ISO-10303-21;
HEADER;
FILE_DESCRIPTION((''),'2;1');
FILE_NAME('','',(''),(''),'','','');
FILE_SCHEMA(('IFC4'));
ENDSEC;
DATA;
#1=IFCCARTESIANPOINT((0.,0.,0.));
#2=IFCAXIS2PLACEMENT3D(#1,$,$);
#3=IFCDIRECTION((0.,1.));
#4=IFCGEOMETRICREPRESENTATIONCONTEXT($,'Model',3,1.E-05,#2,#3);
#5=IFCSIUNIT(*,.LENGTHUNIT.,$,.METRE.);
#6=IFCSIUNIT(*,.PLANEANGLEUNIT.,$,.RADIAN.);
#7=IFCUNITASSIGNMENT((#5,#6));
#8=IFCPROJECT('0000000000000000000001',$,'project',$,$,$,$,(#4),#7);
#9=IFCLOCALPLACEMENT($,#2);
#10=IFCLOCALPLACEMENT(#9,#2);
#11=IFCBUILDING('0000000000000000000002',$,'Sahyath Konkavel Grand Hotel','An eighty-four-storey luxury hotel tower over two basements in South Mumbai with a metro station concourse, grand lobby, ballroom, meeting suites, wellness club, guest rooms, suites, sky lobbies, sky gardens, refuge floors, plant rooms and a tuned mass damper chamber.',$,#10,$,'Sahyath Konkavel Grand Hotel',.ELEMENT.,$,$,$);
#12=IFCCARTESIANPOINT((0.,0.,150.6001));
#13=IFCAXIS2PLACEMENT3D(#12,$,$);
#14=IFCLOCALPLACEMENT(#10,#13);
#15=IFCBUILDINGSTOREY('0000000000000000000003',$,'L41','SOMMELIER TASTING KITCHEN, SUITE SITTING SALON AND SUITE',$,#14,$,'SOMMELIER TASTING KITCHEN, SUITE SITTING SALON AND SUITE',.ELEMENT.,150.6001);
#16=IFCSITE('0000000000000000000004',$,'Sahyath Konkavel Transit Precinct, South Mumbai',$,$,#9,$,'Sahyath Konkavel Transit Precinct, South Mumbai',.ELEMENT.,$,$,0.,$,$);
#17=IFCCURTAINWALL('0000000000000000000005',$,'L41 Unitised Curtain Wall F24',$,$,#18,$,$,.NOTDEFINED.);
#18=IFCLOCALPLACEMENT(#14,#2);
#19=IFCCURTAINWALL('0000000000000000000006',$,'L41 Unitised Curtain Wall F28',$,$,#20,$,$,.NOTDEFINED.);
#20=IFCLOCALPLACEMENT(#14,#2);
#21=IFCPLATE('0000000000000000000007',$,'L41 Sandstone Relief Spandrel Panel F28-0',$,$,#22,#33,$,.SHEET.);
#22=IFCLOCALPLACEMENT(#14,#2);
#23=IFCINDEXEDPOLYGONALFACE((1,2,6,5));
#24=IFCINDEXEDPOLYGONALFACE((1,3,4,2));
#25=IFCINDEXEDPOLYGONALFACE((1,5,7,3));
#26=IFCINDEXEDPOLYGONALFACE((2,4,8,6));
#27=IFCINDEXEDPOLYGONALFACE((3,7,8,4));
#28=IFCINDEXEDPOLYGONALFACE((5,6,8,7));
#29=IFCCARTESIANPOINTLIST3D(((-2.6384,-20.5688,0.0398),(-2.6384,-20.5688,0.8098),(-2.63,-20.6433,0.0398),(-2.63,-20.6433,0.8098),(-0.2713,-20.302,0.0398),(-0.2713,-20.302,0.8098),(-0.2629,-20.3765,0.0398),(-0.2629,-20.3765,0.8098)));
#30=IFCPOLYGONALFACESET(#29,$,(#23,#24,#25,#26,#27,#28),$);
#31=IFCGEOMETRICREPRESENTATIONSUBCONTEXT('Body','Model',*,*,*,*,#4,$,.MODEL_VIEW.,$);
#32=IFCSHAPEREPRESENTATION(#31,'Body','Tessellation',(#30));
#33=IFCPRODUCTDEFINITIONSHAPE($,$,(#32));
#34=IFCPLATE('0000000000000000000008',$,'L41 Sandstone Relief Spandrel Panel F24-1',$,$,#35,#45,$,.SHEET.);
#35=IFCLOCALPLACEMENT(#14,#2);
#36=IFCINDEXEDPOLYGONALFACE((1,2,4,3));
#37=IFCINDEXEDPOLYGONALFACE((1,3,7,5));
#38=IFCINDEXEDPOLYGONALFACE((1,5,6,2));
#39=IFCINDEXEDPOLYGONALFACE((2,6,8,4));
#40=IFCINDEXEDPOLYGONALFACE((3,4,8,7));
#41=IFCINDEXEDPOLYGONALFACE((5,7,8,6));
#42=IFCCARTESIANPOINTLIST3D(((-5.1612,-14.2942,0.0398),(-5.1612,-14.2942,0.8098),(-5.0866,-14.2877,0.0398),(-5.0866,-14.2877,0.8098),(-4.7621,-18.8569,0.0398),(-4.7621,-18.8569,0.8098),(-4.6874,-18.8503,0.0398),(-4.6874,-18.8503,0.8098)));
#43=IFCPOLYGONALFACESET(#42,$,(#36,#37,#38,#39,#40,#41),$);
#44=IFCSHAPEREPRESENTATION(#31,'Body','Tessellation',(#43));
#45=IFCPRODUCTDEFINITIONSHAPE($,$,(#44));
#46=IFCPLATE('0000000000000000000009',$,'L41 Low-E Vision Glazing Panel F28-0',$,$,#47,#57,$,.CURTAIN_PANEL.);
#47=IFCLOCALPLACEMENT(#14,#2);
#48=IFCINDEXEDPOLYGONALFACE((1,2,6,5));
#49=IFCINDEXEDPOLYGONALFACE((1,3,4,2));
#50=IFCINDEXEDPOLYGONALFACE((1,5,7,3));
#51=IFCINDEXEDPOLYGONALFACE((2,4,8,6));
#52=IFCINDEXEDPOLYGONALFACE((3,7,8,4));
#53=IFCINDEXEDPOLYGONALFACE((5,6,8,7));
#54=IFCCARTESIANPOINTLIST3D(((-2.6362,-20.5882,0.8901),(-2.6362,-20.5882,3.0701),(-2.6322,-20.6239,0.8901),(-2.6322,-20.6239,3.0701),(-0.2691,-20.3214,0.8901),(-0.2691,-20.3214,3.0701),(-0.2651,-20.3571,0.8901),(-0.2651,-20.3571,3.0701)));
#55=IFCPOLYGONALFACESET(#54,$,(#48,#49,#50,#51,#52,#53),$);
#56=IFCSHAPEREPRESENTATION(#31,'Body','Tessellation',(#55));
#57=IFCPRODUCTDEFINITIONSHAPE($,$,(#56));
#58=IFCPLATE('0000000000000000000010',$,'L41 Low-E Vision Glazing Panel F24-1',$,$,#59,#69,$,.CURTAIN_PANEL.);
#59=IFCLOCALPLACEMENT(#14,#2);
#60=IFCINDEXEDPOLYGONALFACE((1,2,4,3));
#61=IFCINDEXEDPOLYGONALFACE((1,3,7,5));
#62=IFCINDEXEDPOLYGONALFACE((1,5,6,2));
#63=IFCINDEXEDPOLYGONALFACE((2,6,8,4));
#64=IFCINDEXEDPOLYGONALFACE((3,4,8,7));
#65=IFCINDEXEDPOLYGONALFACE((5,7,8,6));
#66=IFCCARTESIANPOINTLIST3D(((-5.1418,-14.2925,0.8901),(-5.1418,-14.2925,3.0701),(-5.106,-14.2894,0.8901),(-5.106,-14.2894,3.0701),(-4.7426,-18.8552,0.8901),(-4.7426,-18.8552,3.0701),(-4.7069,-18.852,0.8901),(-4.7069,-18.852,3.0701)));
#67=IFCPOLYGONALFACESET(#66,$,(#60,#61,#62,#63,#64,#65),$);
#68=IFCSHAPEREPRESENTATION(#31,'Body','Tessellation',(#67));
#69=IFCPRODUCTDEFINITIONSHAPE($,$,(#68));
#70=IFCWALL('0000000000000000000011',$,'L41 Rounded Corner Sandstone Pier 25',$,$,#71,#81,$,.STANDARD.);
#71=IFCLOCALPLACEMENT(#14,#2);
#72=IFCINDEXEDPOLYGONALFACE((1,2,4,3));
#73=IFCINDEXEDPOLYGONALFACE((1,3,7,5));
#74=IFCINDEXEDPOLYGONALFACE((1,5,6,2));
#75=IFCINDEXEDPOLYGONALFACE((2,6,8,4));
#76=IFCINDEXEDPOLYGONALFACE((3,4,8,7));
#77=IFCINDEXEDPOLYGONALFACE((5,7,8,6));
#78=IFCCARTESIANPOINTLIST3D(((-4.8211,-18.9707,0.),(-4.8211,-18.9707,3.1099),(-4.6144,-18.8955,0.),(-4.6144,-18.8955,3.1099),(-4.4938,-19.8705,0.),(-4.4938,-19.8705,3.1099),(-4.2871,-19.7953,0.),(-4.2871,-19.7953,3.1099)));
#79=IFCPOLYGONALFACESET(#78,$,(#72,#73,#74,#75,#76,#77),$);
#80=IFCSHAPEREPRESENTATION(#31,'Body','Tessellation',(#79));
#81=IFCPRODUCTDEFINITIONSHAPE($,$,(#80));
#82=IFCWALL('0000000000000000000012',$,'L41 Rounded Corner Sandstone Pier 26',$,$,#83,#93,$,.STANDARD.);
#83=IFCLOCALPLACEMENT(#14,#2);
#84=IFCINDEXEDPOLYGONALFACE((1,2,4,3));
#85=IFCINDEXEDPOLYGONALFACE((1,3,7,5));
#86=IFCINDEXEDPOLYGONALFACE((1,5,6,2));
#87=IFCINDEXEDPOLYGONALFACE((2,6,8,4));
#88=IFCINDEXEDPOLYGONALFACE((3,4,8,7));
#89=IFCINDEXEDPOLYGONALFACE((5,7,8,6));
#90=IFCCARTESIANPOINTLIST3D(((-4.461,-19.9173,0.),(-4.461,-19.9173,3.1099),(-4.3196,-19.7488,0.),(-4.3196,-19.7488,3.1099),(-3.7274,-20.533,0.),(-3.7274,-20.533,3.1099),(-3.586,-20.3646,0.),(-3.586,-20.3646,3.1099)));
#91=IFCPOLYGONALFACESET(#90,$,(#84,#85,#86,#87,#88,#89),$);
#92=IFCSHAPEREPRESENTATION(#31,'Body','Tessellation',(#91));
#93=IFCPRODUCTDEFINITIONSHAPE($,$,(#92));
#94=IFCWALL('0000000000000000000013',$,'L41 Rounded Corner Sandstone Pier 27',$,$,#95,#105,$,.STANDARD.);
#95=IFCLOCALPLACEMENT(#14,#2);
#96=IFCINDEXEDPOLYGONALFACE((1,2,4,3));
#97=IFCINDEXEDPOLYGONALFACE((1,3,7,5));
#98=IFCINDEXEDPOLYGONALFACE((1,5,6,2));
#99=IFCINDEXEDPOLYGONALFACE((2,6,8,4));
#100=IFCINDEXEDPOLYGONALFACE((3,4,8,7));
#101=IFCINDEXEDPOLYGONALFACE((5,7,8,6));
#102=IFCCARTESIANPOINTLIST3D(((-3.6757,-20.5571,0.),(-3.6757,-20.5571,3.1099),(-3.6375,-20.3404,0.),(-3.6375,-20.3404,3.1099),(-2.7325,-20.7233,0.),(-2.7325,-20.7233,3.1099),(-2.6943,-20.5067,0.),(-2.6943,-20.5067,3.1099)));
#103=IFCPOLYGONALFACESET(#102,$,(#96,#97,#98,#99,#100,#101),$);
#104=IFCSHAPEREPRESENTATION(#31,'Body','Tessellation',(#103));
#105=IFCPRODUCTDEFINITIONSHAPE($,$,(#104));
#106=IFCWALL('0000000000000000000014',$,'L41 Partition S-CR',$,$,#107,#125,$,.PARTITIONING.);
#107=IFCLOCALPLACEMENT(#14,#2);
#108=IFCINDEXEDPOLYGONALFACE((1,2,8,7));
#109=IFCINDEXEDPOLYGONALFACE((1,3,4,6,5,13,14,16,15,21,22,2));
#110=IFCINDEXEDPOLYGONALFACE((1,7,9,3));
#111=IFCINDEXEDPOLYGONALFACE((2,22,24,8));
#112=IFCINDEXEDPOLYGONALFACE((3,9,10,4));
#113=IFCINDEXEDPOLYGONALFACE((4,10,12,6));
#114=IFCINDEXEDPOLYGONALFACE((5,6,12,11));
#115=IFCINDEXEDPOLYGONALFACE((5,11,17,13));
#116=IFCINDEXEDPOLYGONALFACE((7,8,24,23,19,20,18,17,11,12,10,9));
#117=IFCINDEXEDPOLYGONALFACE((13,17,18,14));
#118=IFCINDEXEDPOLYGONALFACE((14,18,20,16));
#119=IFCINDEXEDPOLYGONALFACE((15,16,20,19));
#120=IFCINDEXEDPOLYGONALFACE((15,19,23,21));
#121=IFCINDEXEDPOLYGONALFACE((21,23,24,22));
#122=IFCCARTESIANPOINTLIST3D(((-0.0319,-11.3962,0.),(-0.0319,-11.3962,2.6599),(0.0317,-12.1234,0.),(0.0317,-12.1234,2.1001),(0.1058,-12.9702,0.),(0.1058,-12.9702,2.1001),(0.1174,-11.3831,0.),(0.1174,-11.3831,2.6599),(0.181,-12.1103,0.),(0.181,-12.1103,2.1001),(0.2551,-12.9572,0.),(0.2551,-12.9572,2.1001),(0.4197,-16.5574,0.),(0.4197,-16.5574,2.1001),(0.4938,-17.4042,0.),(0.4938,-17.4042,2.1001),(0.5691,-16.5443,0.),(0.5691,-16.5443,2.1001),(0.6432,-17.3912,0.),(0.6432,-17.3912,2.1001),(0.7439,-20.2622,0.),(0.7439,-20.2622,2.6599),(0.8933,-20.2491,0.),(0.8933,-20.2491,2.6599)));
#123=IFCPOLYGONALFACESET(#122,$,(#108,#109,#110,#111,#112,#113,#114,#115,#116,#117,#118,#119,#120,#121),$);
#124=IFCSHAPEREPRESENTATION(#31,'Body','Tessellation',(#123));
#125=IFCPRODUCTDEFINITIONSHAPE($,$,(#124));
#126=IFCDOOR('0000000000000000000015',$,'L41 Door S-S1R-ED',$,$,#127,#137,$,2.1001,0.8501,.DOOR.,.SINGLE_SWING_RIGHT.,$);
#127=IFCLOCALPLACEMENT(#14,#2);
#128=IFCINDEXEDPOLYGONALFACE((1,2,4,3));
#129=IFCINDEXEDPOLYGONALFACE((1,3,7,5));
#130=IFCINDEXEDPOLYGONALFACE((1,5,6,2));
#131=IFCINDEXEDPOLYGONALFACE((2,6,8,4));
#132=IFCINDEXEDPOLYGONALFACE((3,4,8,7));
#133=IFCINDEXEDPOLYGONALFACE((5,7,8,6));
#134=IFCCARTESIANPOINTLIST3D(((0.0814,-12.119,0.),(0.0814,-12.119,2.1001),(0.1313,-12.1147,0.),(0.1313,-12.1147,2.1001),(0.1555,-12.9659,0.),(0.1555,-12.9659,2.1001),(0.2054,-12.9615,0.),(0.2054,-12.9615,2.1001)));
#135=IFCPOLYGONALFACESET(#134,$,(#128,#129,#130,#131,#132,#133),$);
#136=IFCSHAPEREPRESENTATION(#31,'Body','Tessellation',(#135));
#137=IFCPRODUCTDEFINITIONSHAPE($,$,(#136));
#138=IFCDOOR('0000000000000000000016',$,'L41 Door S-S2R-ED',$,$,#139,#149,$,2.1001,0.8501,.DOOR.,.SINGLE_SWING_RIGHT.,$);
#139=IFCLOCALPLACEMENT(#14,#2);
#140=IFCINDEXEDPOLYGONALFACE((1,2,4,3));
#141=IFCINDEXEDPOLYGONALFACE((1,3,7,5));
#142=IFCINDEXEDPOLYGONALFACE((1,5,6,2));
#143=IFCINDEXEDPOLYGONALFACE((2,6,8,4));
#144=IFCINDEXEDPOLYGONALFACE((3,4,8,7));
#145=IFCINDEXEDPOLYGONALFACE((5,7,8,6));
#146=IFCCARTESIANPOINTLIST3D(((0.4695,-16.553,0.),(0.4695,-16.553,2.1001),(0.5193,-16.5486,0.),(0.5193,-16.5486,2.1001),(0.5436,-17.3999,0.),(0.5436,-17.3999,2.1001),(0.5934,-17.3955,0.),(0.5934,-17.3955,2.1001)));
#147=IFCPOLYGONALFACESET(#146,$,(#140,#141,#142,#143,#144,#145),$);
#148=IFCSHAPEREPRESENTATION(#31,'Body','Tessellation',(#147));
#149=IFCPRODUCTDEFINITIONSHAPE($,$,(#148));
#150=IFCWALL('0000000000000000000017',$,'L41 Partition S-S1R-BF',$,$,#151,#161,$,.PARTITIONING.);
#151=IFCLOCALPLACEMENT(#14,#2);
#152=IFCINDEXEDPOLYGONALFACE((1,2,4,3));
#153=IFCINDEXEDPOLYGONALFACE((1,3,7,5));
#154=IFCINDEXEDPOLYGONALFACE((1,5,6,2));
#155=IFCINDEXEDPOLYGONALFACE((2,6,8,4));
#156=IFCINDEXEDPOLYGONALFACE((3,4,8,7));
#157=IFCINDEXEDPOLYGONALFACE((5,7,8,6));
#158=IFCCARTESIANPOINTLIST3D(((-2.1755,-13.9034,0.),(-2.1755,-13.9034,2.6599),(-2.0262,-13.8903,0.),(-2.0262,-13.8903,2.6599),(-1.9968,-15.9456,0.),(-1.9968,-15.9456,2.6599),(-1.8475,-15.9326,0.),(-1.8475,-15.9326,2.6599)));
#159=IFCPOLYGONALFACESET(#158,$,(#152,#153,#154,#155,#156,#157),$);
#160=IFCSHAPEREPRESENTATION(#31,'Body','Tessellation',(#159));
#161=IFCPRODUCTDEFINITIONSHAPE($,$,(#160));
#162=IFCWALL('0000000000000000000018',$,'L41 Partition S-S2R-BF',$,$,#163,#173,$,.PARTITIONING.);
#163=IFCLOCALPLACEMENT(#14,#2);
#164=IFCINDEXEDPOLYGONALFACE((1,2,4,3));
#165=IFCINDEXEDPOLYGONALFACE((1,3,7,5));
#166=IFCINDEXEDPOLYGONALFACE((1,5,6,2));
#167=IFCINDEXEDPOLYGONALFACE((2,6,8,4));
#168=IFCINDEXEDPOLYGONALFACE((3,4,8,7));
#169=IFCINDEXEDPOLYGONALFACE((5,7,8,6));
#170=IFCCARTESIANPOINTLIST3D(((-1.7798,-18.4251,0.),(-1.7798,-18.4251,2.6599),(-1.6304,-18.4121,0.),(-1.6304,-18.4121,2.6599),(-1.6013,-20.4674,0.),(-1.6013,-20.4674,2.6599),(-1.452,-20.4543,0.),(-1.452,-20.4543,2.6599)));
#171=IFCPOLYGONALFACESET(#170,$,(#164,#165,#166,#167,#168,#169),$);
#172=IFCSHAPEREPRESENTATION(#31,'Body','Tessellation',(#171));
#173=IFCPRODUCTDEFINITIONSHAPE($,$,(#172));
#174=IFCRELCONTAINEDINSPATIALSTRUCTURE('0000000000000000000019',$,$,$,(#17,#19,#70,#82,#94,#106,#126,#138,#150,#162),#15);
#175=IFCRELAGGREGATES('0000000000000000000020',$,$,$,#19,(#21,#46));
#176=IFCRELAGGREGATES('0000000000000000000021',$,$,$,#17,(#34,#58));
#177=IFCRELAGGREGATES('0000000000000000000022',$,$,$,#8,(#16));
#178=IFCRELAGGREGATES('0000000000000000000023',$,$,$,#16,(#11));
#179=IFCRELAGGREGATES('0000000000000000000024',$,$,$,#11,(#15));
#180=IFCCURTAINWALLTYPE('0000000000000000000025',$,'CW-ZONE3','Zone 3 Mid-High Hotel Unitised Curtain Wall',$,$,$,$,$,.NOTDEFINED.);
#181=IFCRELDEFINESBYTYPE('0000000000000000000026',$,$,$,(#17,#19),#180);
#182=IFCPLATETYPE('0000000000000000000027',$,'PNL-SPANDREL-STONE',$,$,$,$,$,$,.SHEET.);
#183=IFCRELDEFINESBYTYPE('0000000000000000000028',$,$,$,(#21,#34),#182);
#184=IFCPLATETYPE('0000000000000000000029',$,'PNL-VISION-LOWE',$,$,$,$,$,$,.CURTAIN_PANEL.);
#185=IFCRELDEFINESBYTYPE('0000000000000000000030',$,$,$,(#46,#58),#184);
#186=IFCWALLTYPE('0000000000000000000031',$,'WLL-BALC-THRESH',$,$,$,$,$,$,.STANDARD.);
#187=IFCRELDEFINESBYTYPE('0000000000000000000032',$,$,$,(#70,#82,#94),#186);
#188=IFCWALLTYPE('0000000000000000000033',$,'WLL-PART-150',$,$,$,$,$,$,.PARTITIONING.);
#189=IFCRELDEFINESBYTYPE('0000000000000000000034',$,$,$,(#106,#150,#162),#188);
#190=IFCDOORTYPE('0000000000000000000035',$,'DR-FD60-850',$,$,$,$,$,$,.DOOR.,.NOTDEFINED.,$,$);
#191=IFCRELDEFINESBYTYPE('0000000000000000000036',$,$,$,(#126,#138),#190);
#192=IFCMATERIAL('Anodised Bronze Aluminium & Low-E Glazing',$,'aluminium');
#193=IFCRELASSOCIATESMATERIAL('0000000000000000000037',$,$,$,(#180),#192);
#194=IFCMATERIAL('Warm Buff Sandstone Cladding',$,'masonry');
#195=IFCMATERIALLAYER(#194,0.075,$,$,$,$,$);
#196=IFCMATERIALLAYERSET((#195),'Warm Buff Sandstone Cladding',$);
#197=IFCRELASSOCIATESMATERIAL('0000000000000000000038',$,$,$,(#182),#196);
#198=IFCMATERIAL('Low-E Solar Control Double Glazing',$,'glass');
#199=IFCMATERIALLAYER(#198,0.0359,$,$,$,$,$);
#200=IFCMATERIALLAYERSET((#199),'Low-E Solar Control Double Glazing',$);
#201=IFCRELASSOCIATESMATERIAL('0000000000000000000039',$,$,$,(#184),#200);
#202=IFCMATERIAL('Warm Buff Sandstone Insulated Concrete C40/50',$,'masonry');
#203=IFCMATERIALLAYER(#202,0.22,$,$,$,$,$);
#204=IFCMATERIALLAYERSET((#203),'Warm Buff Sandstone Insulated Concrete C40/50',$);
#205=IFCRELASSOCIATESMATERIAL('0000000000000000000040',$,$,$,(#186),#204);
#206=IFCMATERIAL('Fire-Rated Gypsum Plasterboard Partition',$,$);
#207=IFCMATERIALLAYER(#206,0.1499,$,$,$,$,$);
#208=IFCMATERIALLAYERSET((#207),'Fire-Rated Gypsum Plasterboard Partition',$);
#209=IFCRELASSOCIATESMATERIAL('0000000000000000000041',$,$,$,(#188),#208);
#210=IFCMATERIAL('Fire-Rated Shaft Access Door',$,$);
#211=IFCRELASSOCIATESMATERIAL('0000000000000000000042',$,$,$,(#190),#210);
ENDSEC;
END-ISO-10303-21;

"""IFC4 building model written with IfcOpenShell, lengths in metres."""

from ifc_helpers import new_model, si_unit, direction, frame, frame_2d, origin, origin_2d, place, context, subcontext, project, spatial, rectangle, extrude, source, transform, mapped, material, layer, layer_set, type_object, element, fill, aggregate, save


model = new_model("IFC4")

# Units and contexts
model_context = context("Model", 3, precision=1e-05, world=origin(), true_north=direction((0.0, 1.0)))
body_context = subcontext(model_context, "Body", "Model", "MODEL_VIEW")
ifc_project = project(units=[si_unit("LENGTHUNIT", "METRE"), si_unit("PLANEANGLEUNIT", "RADIAN")], contexts=[model_context])

# Site, building, storey
site_placement = place(None, origin())
site = spatial("IfcSite", under=ifc_project, at=site_placement, Name="Sahyath Konkavel Transit Precinct, South Mumbai", LongName="Sahyath Konkavel Transit Precinct, South Mumbai", CompositionType="ELEMENT", RefElevation=0.0)
building_placement = place(site_placement, origin())
building = spatial("IfcBuilding", under=site, at=building_placement, Name="Sahyath Konkavel Grand Hotel", Description="An eighty-four-storey luxury hotel tower over two basements in South Mumbai with a metro station concourse, grand lobby, ballroom, meeting suites, wellness club, guest rooms, suites, sky lobbies, sky gardens, refuge floors, plant rooms and a tuned mass damper chamber.", LongName="Sahyath Konkavel Grand Hotel", CompositionType="ELEMENT")
storey_placement = place(building_placement, frame((0.0, 0.0, 150.6001)))
storey = spatial("IfcBuildingStorey", under=building, at=storey_placement, Name="L41", Description="SOMMELIER TASTING KITCHEN, SUITE SITTING SALON AND SUITE", LongName="SOMMELIER TASTING KITCHEN, SUITE SITTING SALON AND SUITE", CompositionType="ELEMENT", Elevation=150.6001)

# Curtain walls
ifc_material_1 = material(Name="Anodised Bronze Aluminium & Low-E Glazing", Category="aluminium")
curtain_wall_type = type_object("IfcCurtainWallType", Name="CW-ZONE3", Description="Zone 3 Mid-High Hotel Unitised Curtain Wall", PredefinedType="NOTDEFINED", material=ifc_material_1)
curtain_wall_1_placement = place(storey_placement, origin())
curtain_wall_1 = element("IfcCurtainWall", 1, at=curtain_wall_1_placement, inside=storey, type_object=curtain_wall_type, Name="L41 Unitised Curtain Wall F24", PredefinedType="NOTDEFINED")
curtain_wall_2_placement = place(storey_placement, origin())
curtain_wall_2 = element("IfcCurtainWall", 2, at=curtain_wall_2_placement, inside=storey, type_object=curtain_wall_type, Name="L41 Unitised Curtain Wall F28", PredefinedType="NOTDEFINED")

# Plates
ifc_material_2 = material(Name="Warm Buff Sandstone Cladding", Category="masonry")
ifc_layer_1 = layer(ifc_material_2, 0.075)
ifc_layer_set_1 = layer_set([ifc_layer_1], Name="Warm Buff Sandstone Cladding")
plate_type_1 = type_object("IfcPlateType", Name="PNL-SPANDREL-STONE", PredefinedType="SHEET", material=ifc_layer_set_1)
shared_shape_1 = source(origin(), body_context, "Body", "SweptSolid", [
    extrude(rectangle(XDim=2.3821, YDim=0.075, at=origin_2d()), origin(), (0.0, 0.0, 1.0), 0.77),
])
plate_1_placement = place(storey_placement, frame((-1.4507, -20.4727, 0.0398), z_axis=(0.0, 0.0, 1.0), x_axis=(0.993707, 0.112007, 0.0)))
plate_1 = element("IfcPlate", 3, at=plate_1_placement, type_object=plate_type_1, Name="L41 Sandstone Relief Spandrel Panel F28-0", PredefinedType="SHEET", context=body_context, shape_type="MappedRepresentation", body=[
    mapped(shared_shape_1, transform((0.0, 0.0, 0.0), scale=1.0)),
])
shared_shape_2 = source(origin(), body_context, "Body", "SweptSolid", [
    extrude(rectangle(XDim=4.5801, YDim=0.075, at=origin_2d()), origin(), (0.0, 0.0, 1.0), 0.77),
])
plate_2_placement = place(storey_placement, frame((-4.9243, -16.5723, 0.0398), z_axis=(0.0, 0.0, 1.0), x_axis=(0.087156, -0.996195, 0.0)))
plate_2 = element("IfcPlate", 4, at=plate_2_placement, type_object=plate_type_1, Name="L41 Sandstone Relief Spandrel Panel F24-1", PredefinedType="SHEET", context=body_context, shape_type="MappedRepresentation", body=[
    mapped(shared_shape_2, transform((0.0, 0.0, 0.0), scale=1.0)),
])
ifc_material_3 = material(Name="Low-E Solar Control Double Glazing", Category="glass")
ifc_layer_2 = layer(ifc_material_3, 0.0359)
ifc_layer_set_2 = layer_set([ifc_layer_2], Name="Low-E Solar Control Double Glazing")
plate_type_2 = type_object("IfcPlateType", Name="PNL-VISION-LOWE", PredefinedType="CURTAIN_PANEL", material=ifc_layer_set_2)
shared_shape_3 = source(origin(), body_context, "Body", "SweptSolid", [
    extrude(rectangle(XDim=2.3821, YDim=0.0359, at=origin_2d()), origin(), (0.0, 0.0, 1.0), 2.1799),
])
plate_3_placement = place(storey_placement, frame((-1.4507, -20.4727, 0.8901), z_axis=(0.0, 0.0, 1.0), x_axis=(0.993707, 0.112007, 0.0)))
plate_3 = element("IfcPlate", 5, at=plate_3_placement, type_object=plate_type_2, Name="L41 Low-E Vision Glazing Panel F28-0", PredefinedType="CURTAIN_PANEL", context=body_context, shape_type="MappedRepresentation", body=[
    mapped(shared_shape_3, transform((0.0, 0.0, 0.0), scale=1.0)),
])
aggregate(curtain_wall_2, [plate_1, plate_3])
shared_shape_4 = source(origin(), body_context, "Body", "SweptSolid", [
    extrude(rectangle(XDim=4.5801, YDim=0.0359, at=origin_2d()), origin(), (0.0, 0.0, 1.0), 2.1799),
])
plate_4_placement = place(storey_placement, frame((-4.9243, -16.5723, 0.8901), z_axis=(0.0, 0.0, 1.0), x_axis=(0.087156, -0.996195, 0.0)))
plate_4 = element("IfcPlate", 6, at=plate_4_placement, type_object=plate_type_2, Name="L41 Low-E Vision Glazing Panel F24-1", PredefinedType="CURTAIN_PANEL", context=body_context, shape_type="MappedRepresentation", body=[
    mapped(shared_shape_4, transform((0.0, 0.0, 0.0), scale=1.0)),
])
aggregate(curtain_wall_1, [plate_2, plate_4])

# Walls
ifc_material_4 = material(Name="Warm Buff Sandstone Insulated Concrete C40/50", Category="masonry")
ifc_layer_3 = layer(ifc_material_4, 0.22)
ifc_layer_set_3 = layer_set([ifc_layer_3], Name="Warm Buff Sandstone Insulated Concrete C40/50")
wall_type_1 = type_object("IfcWallType", Name="WLL-BALC-THRESH", PredefinedType="STANDARD", material=ifc_layer_set_3)
wall_1_placement = place(storey_placement, frame((-4.7178, -18.9331, 0.0), z_axis=(0.0, 0.0, 1.0), x_axis=(0.341886, -0.939741, 0.0)))
element("IfcWall", 7, at=wall_1_placement, inside=storey, type_object=wall_type_1, Name="L41 Rounded Corner Sandstone Pier 25", PredefinedType="STANDARD", context=body_context, shape_type="SweptSolid", body=[
    extrude(rectangle(XDim=0.9575, YDim=0.22, at=frame_2d((0.4788, 0.0))), origin(), (0.0, 0.0, 1.0), 3.1099),
])
for number, where, z_axis, x_axis, name in (
    (8, (-4.3904, -19.833, 0.0), (0.0, 0.0, 1.0), (0.765981, -0.642863, 0.0), "L41 Rounded Corner Sandstone Pier 26"),
    (9, (-3.6567, -20.4487, 0.0), (0.0, 0.0, 1.0), (0.984814, -0.173611, 0.0), "L41 Rounded Corner Sandstone Pier 27"),
):
    element("IfcWall", number, at=place(storey_placement, frame(where, z_axis=z_axis, x_axis=x_axis)), inside=storey, type_object=wall_type_1, Name=name, PredefinedType="STANDARD", context=body_context, shape_type="SweptSolid", body=[
        extrude(rectangle(XDim=0.9578, YDim=0.22, at=frame_2d((0.479, 0.0))), origin(), (0.0, 0.0, 1.0), 3.1099),
    ])

# Wall, openings, doors
ifc_material_5 = material(Name="Fire-Rated Gypsum Plasterboard Partition")
ifc_layer_4 = layer(ifc_material_5, 0.1499)
ifc_layer_set_4 = layer_set([ifc_layer_4], Name="Fire-Rated Gypsum Plasterboard Partition")
wall_type_2 = type_object("IfcWallType", Name="WLL-PART-150", PredefinedType="PARTITIONING", material=ifc_layer_set_4)
wall_2_placement = place(storey_placement, frame((0.0427, -11.3896, 0.0), z_axis=(0.0, 0.0, 1.0), x_axis=(0.087179, -0.996193, 0.0)))
wall_2 = element("IfcWall", 10, at=wall_2_placement, inside=storey, type_object=wall_type_2, Name="L41 Partition S-CR", PredefinedType="PARTITIONING", context=body_context, shape_type="SweptSolid", body=[
    extrude(rectangle(XDim=8.8999, YDim=0.1499, at=frame_2d((4.45, 0.0))), origin(), (0.0, 0.0, 1.0), 2.6599),
])
opening_1_placement = place(wall_2_placement, frame((0.73, 0.0, 0.0)))
opening_1 = element("IfcOpeningElement", 11, at=opening_1_placement, cuts=wall_2, PredefinedType="OPENING", context=body_context, shape_type="SweptSolid", body=[
    extrude(rectangle(XDim=0.8501, YDim=2.1001, at=frame_2d((0.425, 1.05))), frame((0.0, 0.085, 0.0), z_axis=(0.0, -1.0, 0.0), x_axis=(1.0, 0.0, 0.0)), (0.0, 0.0, 1.0), 0.1699),
])
opening_2_placement = place(wall_2_placement, frame((5.1809, 0.0, 0.0)))
opening_2 = element("IfcOpeningElement", 12, at=opening_2_placement, cuts=wall_2, PredefinedType="OPENING", context=body_context, shape_type="SweptSolid", body=[
    extrude(rectangle(XDim=0.8501, YDim=2.1001, at=frame_2d((0.425, 1.05))), frame((0.0, 0.085, 0.0), z_axis=(0.0, -1.0, 0.0), x_axis=(1.0, 0.0, 0.0)), (0.0, 0.0, 1.0), 0.1699),
])
ifc_material_6 = material(Name="Fire-Rated Shaft Access Door")
door_type = type_object("IfcDoorType", Name="DR-FD60-850", OperationType="NOTDEFINED", PredefinedType="DOOR", material=ifc_material_6)
shared_shape_5 = source(origin(), body_context, "Body", "SweptSolid", [
    extrude(rectangle(XDim=0.8501, YDim=0.05, at=origin_2d()), origin(), (0.0, 0.0, 1.0), 2.1001),
])
door_1_placement = place(opening_1_placement, frame((0.425, 0.0, 0.0)))
door_1 = element("IfcDoor", 13, at=door_1_placement, inside=storey, type_object=door_type, Name="L41 Door S-S1R-ED", OperationType="SINGLE_SWING_RIGHT", OverallHeight=2.1001, OverallWidth=0.8501, PredefinedType="DOOR", context=body_context, shape_type="MappedRepresentation", body=[
    mapped(shared_shape_5, transform((0.0, 0.0, 0.0), scale=1.0)),
])
fill(opening_1, door_1)
door_2_placement = place(opening_2_placement, frame((0.425, 0.0, 0.0)))
door_2 = element("IfcDoor", 14, at=door_2_placement, inside=storey, type_object=door_type, Name="L41 Door S-S2R-ED", OperationType="SINGLE_SWING_RIGHT", OverallHeight=2.1001, OverallWidth=0.8501, PredefinedType="DOOR", context=body_context, shape_type="MappedRepresentation", body=[
    mapped(shared_shape_5, transform((0.0, 0.0, 0.0), scale=1.0)),
])
fill(opening_2, door_2)

# Walls
for number, where, z_axis, x_axis, name in (
    (15, (-2.1008, -13.897, 0.0), (0.0, 0.0, 1.0), (0.087174, -0.996193, 0.0), "L41 Partition S-S1R-BF"),
    (16, (-1.7051, -18.4187, 0.0), (0.0, 0.0, 1.0), (0.087056, -0.996203, 0.0), "L41 Partition S-S2R-BF"),
):
    element("IfcWall", number, at=place(storey_placement, frame(where, z_axis=z_axis, x_axis=x_axis)), inside=storey, type_object=wall_type_2, Name=name, PredefinedType="PARTITIONING", context=body_context, shape_type="SweptSolid", body=[
        extrude(rectangle(XDim=2.05, YDim=0.1499, at=frame_2d((1.0249, 0.0))), origin(), (0.0, 0.0, 1.0), 2.6599),
    ])

save(model, "model.ifc")
